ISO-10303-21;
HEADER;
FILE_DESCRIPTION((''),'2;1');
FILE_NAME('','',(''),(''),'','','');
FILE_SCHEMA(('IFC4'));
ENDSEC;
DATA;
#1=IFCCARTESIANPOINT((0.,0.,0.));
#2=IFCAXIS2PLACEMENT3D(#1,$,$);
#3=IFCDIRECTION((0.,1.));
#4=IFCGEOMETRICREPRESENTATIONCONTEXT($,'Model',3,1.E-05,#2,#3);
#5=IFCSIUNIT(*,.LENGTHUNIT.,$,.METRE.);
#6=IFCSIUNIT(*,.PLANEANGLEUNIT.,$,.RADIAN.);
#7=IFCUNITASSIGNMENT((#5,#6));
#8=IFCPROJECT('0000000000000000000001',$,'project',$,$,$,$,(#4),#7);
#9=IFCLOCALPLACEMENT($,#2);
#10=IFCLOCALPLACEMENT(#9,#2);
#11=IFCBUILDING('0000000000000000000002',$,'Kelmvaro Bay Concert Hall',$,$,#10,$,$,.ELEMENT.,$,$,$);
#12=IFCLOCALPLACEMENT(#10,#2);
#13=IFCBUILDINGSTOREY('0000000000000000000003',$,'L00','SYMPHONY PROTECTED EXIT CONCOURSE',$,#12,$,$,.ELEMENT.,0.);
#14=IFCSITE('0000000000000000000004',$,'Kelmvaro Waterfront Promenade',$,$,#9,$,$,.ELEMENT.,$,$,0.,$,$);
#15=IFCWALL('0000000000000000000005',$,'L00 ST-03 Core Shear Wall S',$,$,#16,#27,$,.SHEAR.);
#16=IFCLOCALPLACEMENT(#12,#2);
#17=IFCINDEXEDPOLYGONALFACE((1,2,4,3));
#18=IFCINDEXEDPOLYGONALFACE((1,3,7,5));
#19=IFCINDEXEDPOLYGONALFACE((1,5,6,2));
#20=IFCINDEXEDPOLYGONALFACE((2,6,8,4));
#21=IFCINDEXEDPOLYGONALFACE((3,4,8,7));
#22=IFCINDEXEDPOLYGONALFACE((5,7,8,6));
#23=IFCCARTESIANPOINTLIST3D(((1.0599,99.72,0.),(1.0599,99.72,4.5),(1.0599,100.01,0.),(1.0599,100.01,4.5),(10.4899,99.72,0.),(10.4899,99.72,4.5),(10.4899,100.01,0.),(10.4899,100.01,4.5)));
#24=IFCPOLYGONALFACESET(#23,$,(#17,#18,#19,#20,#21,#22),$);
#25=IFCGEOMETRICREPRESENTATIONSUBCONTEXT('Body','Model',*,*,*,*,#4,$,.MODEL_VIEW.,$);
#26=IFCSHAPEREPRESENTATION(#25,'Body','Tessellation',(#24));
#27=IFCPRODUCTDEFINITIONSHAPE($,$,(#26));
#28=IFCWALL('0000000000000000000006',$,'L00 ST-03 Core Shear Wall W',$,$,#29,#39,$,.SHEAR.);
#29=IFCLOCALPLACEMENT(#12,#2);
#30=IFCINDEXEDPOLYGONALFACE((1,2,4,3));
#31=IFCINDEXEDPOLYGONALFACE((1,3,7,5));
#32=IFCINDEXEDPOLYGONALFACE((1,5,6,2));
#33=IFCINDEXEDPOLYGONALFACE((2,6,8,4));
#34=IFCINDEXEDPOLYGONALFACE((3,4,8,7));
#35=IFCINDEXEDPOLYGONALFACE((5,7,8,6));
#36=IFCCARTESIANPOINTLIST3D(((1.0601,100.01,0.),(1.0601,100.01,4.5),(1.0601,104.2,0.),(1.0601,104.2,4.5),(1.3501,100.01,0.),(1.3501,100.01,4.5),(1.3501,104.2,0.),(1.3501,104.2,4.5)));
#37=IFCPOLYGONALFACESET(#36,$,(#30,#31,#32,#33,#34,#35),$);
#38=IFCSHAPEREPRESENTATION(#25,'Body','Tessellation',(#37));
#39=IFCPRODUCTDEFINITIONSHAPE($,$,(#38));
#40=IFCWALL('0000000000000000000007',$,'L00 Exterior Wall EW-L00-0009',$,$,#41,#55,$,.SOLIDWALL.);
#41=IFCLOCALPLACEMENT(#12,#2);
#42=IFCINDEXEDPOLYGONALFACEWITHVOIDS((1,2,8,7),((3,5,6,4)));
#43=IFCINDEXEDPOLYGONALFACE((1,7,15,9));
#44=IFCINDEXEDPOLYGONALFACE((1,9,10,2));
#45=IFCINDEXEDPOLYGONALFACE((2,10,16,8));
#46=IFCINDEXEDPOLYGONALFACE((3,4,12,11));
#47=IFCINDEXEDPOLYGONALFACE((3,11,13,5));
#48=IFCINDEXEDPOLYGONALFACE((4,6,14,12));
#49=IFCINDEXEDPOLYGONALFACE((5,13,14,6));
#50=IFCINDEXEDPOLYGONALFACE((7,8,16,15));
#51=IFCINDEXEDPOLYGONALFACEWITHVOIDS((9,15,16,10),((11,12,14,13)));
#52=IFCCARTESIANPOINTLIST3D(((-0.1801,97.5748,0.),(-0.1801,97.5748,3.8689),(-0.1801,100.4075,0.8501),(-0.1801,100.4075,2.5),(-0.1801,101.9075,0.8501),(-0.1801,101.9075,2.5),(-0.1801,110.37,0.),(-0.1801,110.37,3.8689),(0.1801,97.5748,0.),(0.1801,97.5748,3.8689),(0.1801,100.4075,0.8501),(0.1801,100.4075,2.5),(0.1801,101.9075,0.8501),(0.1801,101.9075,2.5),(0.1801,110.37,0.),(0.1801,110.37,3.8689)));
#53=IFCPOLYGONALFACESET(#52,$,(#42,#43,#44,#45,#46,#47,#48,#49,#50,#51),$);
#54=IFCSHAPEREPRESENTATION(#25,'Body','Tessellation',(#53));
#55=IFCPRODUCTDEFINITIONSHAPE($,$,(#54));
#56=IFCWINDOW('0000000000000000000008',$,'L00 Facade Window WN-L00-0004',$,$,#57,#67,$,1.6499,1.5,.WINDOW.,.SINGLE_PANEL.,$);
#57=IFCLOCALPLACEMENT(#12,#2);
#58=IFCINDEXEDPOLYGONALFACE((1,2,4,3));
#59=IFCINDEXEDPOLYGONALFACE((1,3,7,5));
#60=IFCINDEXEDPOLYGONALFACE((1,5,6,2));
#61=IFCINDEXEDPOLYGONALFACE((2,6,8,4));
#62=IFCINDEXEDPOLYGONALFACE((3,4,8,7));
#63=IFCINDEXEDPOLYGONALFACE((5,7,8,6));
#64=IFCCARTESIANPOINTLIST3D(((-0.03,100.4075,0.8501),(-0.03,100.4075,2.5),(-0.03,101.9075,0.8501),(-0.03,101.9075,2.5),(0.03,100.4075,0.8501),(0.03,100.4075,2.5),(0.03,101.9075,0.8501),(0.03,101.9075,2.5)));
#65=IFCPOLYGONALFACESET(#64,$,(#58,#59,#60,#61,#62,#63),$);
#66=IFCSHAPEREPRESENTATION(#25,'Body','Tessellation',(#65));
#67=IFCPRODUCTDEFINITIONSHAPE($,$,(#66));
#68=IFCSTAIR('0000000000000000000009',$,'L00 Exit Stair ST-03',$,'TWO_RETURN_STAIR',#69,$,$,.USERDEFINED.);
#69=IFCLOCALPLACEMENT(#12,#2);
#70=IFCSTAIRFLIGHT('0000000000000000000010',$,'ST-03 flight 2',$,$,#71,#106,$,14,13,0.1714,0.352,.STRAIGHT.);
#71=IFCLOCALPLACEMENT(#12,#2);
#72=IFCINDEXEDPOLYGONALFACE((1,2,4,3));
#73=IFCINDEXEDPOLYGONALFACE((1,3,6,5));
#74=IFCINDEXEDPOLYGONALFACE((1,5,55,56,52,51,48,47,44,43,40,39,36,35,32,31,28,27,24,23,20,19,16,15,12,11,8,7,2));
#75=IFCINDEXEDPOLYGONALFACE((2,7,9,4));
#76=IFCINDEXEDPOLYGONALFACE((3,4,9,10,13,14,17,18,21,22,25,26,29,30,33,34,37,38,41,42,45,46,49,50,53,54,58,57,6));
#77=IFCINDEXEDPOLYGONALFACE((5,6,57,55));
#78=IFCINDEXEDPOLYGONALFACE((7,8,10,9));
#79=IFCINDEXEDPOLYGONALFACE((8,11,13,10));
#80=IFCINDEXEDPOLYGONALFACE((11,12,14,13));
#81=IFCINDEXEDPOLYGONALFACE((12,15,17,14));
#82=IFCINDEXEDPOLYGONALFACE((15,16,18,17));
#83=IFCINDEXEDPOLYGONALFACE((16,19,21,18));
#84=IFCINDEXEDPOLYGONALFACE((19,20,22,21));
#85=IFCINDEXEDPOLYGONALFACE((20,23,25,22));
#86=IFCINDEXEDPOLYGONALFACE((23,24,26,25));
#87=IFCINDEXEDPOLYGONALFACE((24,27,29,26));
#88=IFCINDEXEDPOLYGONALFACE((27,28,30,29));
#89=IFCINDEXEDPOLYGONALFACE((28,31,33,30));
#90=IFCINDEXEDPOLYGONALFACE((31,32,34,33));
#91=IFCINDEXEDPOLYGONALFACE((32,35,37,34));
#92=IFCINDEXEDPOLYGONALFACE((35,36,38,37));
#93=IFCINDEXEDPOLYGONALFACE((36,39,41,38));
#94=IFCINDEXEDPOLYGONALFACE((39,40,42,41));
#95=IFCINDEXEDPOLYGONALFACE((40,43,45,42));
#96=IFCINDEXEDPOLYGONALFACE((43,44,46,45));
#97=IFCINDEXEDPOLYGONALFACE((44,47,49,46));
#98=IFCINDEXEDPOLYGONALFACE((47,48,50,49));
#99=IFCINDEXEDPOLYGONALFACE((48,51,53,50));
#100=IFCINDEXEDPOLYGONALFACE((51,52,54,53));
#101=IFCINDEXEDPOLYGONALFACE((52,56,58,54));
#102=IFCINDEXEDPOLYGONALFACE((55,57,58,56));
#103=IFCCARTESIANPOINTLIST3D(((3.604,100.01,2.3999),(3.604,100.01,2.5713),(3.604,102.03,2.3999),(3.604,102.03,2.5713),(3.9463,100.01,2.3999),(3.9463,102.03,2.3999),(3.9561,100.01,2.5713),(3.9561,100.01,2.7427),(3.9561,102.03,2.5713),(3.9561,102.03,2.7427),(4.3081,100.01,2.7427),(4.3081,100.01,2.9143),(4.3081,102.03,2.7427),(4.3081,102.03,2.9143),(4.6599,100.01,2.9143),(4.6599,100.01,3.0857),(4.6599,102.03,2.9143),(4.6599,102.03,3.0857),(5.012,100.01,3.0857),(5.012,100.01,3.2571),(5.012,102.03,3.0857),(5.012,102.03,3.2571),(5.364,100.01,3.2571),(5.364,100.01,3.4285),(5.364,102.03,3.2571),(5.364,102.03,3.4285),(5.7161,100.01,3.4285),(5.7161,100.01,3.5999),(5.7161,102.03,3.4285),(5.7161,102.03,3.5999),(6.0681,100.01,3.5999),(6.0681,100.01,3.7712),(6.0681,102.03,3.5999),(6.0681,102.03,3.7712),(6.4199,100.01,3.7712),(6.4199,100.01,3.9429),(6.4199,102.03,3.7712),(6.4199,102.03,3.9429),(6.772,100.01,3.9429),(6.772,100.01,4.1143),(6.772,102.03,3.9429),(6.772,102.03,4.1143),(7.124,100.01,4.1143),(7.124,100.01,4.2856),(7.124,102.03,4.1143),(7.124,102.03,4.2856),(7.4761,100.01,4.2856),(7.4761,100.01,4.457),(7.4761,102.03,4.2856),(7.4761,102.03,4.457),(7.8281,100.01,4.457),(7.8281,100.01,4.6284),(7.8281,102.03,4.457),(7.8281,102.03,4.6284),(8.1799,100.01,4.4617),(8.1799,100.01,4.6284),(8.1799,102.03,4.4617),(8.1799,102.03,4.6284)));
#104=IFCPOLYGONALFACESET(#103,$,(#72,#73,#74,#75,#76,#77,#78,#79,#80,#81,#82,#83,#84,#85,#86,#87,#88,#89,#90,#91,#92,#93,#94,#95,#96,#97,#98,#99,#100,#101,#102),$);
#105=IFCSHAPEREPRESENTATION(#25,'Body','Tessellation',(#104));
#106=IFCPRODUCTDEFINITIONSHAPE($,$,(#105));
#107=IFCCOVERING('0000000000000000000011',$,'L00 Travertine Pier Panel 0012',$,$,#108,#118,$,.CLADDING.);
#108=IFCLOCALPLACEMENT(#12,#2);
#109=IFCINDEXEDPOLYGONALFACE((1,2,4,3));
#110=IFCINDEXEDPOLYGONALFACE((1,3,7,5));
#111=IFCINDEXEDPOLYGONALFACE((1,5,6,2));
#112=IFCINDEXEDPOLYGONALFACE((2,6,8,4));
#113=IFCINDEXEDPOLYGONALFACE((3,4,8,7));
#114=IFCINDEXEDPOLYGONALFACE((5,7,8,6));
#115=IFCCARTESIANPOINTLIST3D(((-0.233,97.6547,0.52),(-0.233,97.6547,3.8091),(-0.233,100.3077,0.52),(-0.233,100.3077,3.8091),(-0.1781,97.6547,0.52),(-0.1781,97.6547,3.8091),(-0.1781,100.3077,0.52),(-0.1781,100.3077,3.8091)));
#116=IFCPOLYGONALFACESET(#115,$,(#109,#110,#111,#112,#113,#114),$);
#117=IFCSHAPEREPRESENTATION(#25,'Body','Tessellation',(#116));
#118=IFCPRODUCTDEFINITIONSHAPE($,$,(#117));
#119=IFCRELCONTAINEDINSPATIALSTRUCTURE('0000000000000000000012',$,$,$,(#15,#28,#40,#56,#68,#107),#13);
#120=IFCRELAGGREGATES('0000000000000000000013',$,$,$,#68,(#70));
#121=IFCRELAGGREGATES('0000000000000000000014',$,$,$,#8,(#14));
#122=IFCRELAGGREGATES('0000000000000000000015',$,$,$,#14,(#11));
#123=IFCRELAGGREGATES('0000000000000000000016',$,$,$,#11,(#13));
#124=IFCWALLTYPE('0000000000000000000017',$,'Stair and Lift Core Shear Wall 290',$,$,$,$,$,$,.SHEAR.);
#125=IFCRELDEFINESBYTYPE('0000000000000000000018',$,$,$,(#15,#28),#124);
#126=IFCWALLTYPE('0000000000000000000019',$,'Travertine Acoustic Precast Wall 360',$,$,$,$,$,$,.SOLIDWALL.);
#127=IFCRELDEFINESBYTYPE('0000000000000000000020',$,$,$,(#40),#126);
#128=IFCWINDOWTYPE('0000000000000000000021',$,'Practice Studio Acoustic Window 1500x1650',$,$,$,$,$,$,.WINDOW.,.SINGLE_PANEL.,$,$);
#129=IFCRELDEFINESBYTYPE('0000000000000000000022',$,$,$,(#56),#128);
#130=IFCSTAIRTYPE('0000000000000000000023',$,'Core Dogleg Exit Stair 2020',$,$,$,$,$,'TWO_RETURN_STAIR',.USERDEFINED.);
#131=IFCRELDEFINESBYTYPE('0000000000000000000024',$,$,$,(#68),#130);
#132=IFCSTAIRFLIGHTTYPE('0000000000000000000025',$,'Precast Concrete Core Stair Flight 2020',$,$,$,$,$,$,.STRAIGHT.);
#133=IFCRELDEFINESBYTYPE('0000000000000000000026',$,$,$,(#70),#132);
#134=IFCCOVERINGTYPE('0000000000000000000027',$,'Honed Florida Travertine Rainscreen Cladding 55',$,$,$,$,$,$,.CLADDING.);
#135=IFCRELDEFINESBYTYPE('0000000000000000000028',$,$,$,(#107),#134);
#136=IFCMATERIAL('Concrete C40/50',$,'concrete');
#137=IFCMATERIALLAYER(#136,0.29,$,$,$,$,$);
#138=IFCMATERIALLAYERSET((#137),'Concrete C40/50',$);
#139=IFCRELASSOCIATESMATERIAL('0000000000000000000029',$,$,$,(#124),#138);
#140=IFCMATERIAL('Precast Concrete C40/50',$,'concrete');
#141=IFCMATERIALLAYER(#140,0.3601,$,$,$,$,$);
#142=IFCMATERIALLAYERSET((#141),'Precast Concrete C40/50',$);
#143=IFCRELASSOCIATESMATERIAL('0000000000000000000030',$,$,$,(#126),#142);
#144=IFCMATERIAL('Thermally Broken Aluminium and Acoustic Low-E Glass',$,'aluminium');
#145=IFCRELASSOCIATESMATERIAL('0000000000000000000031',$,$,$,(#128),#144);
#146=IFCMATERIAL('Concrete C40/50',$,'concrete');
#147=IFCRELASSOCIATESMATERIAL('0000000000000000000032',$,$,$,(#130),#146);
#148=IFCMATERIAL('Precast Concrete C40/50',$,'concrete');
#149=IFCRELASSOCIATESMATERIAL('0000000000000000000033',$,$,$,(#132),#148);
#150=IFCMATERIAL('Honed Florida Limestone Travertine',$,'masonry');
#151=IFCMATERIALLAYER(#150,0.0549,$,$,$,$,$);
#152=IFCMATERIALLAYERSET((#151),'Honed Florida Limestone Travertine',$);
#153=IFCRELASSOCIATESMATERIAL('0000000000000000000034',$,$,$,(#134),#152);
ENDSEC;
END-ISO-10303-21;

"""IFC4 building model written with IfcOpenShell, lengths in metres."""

from ifc_helpers import new_model, si_unit, direction, frame, frame_2d, origin, origin_2d, place, context, subcontext, project, spatial, polyline, rectangle, outline, extrude, material, layer, layer_set, type_object, element, fill, aggregate, save


model = new_model("IFC4")

# Units and contexts
model_context = context("Model", 3, precision=1e-05, world=origin(), true_north=direction((0.0, 1.0)))
body_context = subcontext(model_context, "Body", "Model", "MODEL_VIEW")
ifc_project = project(units=[si_unit("LENGTHUNIT", "METRE"), si_unit("PLANEANGLEUNIT", "RADIAN")], contexts=[model_context])

# Site, building, storey
site_placement = place(None, origin())
site = spatial("IfcSite", under=ifc_project, at=site_placement, Name="Kelmvaro Waterfront Promenade", CompositionType="ELEMENT", RefElevation=0.0)
building_placement = place(site_placement, origin())
building = spatial("IfcBuilding", under=site, at=building_placement, Name="Kelmvaro Bay Concert Hall", CompositionType="ELEMENT")
storey_placement = place(building_placement, origin())
storey = spatial("IfcBuildingStorey", under=building, at=storey_placement, Name="L00", Description="SYMPHONY PROTECTED EXIT CONCOURSE", CompositionType="ELEMENT", Elevation=0.0)

# Walls
ifc_material_1 = material(Name="Concrete C40/50", Category="concrete")
ifc_layer_1 = layer(ifc_material_1, 0.29)
ifc_layer_set_1 = layer_set([ifc_layer_1], Name="Concrete C40/50")
wall_type_1 = type_object("IfcWallType", Name="Stair and Lift Core Shear Wall 290", PredefinedType="SHEAR", material=ifc_layer_set_1)
wall_1_placement = place(storey_placement, frame((1.0601, 99.865, 0.0), z_axis=(0.0, 0.0, 1.0), x_axis=(1.0, 0.0, 0.0)))
element("IfcWall", 1, at=wall_1_placement, inside=storey, type_object=wall_type_1, Name="L00 ST-03 Core Shear Wall S", PredefinedType="SHEAR", context=body_context, shape_type="SweptSolid", body=[
    extrude(rectangle(XDim=9.4299, YDim=0.29, at=frame_2d((4.7148, 0.0))), origin(), (0.0, 0.0, 1.0), 4.5),
])
wall_2_placement = place(storey_placement, frame((1.2051, 100.01, 0.0), z_axis=(0.0, 0.0, 1.0), x_axis=(0.0, 1.0, 0.0)))
element("IfcWall", 2, at=wall_2_placement, inside=storey, type_object=wall_type_1, Name="L00 ST-03 Core Shear Wall W", PredefinedType="SHEAR", context=body_context, shape_type="SweptSolid", body=[
    extrude(rectangle(XDim=4.1899, YDim=0.29, at=frame_2d((2.095, 0.0))), origin(), (0.0, 0.0, 1.0), 4.5),
])

# Wall, opening, window
ifc_material_2 = material(Name="Precast Concrete C40/50", Category="concrete")
ifc_layer_2 = layer(ifc_material_2, 0.3601)
ifc_layer_set_2 = layer_set([ifc_layer_2], Name="Precast Concrete C40/50")
wall_type_2 = type_object("IfcWallType", Name="Travertine Acoustic Precast Wall 360", PredefinedType="SOLIDWALL", material=ifc_layer_set_2)
wall_3_placement = place(storey_placement, frame((0.0, 97.575, 0.0), z_axis=(0.0, 0.0, 1.0), x_axis=(0.0, 1.0, 0.0)))
wall_3 = element("IfcWall", 3, at=wall_3_placement, inside=storey, type_object=wall_type_2, Name="L00 Exterior Wall EW-L00-0009", PredefinedType="SOLIDWALL", context=body_context, shape_type="SweptSolid", body=[
    extrude(rectangle(XDim=12.7952, YDim=0.3601, at=frame_2d((6.3975, 0.0))), origin(), (0.0, 0.0, 1.0), 3.8689),
])
opening_1_placement = place(wall_3_placement, frame((2.8325, 0.0, 0.8501)))
opening_1 = element("IfcOpeningElement", 4, at=opening_1_placement, cuts=wall_3, PredefinedType="OPENING", context=body_context, shape_type="SweptSolid", body=[
    extrude(rectangle(XDim=1.5, YDim=1.6499, at=frame_2d((0.75, 0.825))), frame((0.0, 0.1899, 0.0), z_axis=(0.0, -1.0, 0.0), x_axis=(1.0, 0.0, 0.0)), (0.0, 0.0, 1.0), 0.3801),
])
ifc_material_3 = material(Name="Thermally Broken Aluminium and Acoustic Low-E Glass", Category="aluminium")
window_type = type_object("IfcWindowType", Name="Practice Studio Acoustic Window 1500x1650", PartitioningType="SINGLE_PANEL", PredefinedType="WINDOW", material=ifc_material_3)
window_placement = place(opening_1_placement, origin())
window = element("IfcWindow", 5, at=window_placement, inside=storey, type_object=window_type, Name="L00 Facade Window WN-L00-0004", OverallHeight=1.6499, OverallWidth=1.5, PartitioningType="SINGLE_PANEL", PredefinedType="WINDOW", context=body_context, shape_type="SweptSolid", body=[
    extrude(rectangle(XDim=1.5, YDim=1.6499, at=frame_2d((0.75, 0.825))), frame((0.0, 0.03, 0.0), z_axis=(0.0, -1.0, 0.0), x_axis=(1.0, 0.0, 0.0)), (0.0, 0.0, 1.0), 0.0601),
])
fill(opening_1, window)

# Stair, stair flight
ifc_material_4 = material(Name="Concrete C40/50", Category="concrete")
stair_type = type_object("IfcStairType", Name="Core Dogleg Exit Stair 2020", ElementType="TWO_RETURN_STAIR", PredefinedType="USERDEFINED", material=ifc_material_4)
stair_placement = place(storey_placement, origin())
stair = element("IfcStair", 6, at=stair_placement, inside=storey, type_object=stair_type, Name="L00 Exit Stair ST-03", ObjectType="TWO_RETURN_STAIR", PredefinedType="USERDEFINED")
ifc_material_5 = material(Name="Precast Concrete C40/50", Category="concrete")
stair_flight_type = type_object("IfcStairFlightType", Name="Precast Concrete Core Stair Flight 2020", PredefinedType="STRAIGHT", material=ifc_material_5)
stair_flight_placement = place(storey_placement, frame((3.604, 101.02, 2.3999), z_axis=(0.0, 0.0, 1.0), x_axis=(1.0, 0.0, 0.0)))
stair_flight = element("IfcStairFlight", 7, at=stair_flight_placement, type_object=stair_flight_type, Name="ST-03 flight 2", NumberOfRisers=14, NumberOfTreads=13, PredefinedType="STRAIGHT", RiserHeight=0.1714, TreadLength=0.352, context=body_context, shape_type="SweptSolid", body=[
    extrude(outline(polyline([(0.0, 0.0), (0.0, 0.1714), (0.3521, 0.1714), (0.3521, 0.3428), (0.7041, 0.3428), (0.7041, 0.5144), (1.0559, 0.5144), (1.0559, 0.6858), (1.408, 0.6858), (1.408, 0.8572), (1.76, 0.8572), (1.76, 1.0286), (2.1121, 1.0286), (2.1121, 1.2), (2.4641, 1.2), (2.4641, 1.3713), (2.8159, 1.3713), (2.8159, 1.543), (3.168, 1.543), (3.168, 1.7144), (3.52, 1.7144), (3.52, 1.8857), (3.8721, 1.8857), (3.8721, 2.0571), (4.2241, 2.0571), (4.2241, 2.2285), (4.5759, 2.2285), (4.5759, 2.3999), (4.5759, 2.0618), (0.3423, 0.0), (0.0, 0.0)])), frame((0.0, 1.01, 0.0), z_axis=(0.0, -1.0, 0.0), x_axis=(1.0, 0.0, 0.0)), (0.0, 0.0, 1.0), 2.02),
])
aggregate(stair, [stair_flight])

# Covering
ifc_material_6 = material(Name="Honed Florida Limestone Travertine", Category="masonry")
ifc_layer_3 = layer(ifc_material_6, 0.0549)
ifc_layer_set_3 = layer_set([ifc_layer_3], Name="Honed Florida Limestone Travertine")
covering_type = type_object("IfcCoveringType", Name="Honed Florida Travertine Rainscreen Cladding 55", PredefinedType="CLADDING", material=ifc_layer_set_3)
covering_placement = place(storey_placement, frame((-0.2056, 98.9812, 0.52), z_axis=(0.0, 0.0, 1.0), x_axis=(0.0, 1.0, 0.0)))
element("IfcCovering", 8, at=covering_placement, inside=storey, type_object=covering_type, Name="L00 Travertine Pier Panel 0012", PredefinedType="CLADDING", context=body_context, shape_type="SweptSolid", body=[
    extrude(rectangle(XDim=2.6531, YDim=0.0549, at=origin_2d()), origin(), (0.0, 0.0, 1.0), 3.2891),
])

save(model, "model.ifc")
